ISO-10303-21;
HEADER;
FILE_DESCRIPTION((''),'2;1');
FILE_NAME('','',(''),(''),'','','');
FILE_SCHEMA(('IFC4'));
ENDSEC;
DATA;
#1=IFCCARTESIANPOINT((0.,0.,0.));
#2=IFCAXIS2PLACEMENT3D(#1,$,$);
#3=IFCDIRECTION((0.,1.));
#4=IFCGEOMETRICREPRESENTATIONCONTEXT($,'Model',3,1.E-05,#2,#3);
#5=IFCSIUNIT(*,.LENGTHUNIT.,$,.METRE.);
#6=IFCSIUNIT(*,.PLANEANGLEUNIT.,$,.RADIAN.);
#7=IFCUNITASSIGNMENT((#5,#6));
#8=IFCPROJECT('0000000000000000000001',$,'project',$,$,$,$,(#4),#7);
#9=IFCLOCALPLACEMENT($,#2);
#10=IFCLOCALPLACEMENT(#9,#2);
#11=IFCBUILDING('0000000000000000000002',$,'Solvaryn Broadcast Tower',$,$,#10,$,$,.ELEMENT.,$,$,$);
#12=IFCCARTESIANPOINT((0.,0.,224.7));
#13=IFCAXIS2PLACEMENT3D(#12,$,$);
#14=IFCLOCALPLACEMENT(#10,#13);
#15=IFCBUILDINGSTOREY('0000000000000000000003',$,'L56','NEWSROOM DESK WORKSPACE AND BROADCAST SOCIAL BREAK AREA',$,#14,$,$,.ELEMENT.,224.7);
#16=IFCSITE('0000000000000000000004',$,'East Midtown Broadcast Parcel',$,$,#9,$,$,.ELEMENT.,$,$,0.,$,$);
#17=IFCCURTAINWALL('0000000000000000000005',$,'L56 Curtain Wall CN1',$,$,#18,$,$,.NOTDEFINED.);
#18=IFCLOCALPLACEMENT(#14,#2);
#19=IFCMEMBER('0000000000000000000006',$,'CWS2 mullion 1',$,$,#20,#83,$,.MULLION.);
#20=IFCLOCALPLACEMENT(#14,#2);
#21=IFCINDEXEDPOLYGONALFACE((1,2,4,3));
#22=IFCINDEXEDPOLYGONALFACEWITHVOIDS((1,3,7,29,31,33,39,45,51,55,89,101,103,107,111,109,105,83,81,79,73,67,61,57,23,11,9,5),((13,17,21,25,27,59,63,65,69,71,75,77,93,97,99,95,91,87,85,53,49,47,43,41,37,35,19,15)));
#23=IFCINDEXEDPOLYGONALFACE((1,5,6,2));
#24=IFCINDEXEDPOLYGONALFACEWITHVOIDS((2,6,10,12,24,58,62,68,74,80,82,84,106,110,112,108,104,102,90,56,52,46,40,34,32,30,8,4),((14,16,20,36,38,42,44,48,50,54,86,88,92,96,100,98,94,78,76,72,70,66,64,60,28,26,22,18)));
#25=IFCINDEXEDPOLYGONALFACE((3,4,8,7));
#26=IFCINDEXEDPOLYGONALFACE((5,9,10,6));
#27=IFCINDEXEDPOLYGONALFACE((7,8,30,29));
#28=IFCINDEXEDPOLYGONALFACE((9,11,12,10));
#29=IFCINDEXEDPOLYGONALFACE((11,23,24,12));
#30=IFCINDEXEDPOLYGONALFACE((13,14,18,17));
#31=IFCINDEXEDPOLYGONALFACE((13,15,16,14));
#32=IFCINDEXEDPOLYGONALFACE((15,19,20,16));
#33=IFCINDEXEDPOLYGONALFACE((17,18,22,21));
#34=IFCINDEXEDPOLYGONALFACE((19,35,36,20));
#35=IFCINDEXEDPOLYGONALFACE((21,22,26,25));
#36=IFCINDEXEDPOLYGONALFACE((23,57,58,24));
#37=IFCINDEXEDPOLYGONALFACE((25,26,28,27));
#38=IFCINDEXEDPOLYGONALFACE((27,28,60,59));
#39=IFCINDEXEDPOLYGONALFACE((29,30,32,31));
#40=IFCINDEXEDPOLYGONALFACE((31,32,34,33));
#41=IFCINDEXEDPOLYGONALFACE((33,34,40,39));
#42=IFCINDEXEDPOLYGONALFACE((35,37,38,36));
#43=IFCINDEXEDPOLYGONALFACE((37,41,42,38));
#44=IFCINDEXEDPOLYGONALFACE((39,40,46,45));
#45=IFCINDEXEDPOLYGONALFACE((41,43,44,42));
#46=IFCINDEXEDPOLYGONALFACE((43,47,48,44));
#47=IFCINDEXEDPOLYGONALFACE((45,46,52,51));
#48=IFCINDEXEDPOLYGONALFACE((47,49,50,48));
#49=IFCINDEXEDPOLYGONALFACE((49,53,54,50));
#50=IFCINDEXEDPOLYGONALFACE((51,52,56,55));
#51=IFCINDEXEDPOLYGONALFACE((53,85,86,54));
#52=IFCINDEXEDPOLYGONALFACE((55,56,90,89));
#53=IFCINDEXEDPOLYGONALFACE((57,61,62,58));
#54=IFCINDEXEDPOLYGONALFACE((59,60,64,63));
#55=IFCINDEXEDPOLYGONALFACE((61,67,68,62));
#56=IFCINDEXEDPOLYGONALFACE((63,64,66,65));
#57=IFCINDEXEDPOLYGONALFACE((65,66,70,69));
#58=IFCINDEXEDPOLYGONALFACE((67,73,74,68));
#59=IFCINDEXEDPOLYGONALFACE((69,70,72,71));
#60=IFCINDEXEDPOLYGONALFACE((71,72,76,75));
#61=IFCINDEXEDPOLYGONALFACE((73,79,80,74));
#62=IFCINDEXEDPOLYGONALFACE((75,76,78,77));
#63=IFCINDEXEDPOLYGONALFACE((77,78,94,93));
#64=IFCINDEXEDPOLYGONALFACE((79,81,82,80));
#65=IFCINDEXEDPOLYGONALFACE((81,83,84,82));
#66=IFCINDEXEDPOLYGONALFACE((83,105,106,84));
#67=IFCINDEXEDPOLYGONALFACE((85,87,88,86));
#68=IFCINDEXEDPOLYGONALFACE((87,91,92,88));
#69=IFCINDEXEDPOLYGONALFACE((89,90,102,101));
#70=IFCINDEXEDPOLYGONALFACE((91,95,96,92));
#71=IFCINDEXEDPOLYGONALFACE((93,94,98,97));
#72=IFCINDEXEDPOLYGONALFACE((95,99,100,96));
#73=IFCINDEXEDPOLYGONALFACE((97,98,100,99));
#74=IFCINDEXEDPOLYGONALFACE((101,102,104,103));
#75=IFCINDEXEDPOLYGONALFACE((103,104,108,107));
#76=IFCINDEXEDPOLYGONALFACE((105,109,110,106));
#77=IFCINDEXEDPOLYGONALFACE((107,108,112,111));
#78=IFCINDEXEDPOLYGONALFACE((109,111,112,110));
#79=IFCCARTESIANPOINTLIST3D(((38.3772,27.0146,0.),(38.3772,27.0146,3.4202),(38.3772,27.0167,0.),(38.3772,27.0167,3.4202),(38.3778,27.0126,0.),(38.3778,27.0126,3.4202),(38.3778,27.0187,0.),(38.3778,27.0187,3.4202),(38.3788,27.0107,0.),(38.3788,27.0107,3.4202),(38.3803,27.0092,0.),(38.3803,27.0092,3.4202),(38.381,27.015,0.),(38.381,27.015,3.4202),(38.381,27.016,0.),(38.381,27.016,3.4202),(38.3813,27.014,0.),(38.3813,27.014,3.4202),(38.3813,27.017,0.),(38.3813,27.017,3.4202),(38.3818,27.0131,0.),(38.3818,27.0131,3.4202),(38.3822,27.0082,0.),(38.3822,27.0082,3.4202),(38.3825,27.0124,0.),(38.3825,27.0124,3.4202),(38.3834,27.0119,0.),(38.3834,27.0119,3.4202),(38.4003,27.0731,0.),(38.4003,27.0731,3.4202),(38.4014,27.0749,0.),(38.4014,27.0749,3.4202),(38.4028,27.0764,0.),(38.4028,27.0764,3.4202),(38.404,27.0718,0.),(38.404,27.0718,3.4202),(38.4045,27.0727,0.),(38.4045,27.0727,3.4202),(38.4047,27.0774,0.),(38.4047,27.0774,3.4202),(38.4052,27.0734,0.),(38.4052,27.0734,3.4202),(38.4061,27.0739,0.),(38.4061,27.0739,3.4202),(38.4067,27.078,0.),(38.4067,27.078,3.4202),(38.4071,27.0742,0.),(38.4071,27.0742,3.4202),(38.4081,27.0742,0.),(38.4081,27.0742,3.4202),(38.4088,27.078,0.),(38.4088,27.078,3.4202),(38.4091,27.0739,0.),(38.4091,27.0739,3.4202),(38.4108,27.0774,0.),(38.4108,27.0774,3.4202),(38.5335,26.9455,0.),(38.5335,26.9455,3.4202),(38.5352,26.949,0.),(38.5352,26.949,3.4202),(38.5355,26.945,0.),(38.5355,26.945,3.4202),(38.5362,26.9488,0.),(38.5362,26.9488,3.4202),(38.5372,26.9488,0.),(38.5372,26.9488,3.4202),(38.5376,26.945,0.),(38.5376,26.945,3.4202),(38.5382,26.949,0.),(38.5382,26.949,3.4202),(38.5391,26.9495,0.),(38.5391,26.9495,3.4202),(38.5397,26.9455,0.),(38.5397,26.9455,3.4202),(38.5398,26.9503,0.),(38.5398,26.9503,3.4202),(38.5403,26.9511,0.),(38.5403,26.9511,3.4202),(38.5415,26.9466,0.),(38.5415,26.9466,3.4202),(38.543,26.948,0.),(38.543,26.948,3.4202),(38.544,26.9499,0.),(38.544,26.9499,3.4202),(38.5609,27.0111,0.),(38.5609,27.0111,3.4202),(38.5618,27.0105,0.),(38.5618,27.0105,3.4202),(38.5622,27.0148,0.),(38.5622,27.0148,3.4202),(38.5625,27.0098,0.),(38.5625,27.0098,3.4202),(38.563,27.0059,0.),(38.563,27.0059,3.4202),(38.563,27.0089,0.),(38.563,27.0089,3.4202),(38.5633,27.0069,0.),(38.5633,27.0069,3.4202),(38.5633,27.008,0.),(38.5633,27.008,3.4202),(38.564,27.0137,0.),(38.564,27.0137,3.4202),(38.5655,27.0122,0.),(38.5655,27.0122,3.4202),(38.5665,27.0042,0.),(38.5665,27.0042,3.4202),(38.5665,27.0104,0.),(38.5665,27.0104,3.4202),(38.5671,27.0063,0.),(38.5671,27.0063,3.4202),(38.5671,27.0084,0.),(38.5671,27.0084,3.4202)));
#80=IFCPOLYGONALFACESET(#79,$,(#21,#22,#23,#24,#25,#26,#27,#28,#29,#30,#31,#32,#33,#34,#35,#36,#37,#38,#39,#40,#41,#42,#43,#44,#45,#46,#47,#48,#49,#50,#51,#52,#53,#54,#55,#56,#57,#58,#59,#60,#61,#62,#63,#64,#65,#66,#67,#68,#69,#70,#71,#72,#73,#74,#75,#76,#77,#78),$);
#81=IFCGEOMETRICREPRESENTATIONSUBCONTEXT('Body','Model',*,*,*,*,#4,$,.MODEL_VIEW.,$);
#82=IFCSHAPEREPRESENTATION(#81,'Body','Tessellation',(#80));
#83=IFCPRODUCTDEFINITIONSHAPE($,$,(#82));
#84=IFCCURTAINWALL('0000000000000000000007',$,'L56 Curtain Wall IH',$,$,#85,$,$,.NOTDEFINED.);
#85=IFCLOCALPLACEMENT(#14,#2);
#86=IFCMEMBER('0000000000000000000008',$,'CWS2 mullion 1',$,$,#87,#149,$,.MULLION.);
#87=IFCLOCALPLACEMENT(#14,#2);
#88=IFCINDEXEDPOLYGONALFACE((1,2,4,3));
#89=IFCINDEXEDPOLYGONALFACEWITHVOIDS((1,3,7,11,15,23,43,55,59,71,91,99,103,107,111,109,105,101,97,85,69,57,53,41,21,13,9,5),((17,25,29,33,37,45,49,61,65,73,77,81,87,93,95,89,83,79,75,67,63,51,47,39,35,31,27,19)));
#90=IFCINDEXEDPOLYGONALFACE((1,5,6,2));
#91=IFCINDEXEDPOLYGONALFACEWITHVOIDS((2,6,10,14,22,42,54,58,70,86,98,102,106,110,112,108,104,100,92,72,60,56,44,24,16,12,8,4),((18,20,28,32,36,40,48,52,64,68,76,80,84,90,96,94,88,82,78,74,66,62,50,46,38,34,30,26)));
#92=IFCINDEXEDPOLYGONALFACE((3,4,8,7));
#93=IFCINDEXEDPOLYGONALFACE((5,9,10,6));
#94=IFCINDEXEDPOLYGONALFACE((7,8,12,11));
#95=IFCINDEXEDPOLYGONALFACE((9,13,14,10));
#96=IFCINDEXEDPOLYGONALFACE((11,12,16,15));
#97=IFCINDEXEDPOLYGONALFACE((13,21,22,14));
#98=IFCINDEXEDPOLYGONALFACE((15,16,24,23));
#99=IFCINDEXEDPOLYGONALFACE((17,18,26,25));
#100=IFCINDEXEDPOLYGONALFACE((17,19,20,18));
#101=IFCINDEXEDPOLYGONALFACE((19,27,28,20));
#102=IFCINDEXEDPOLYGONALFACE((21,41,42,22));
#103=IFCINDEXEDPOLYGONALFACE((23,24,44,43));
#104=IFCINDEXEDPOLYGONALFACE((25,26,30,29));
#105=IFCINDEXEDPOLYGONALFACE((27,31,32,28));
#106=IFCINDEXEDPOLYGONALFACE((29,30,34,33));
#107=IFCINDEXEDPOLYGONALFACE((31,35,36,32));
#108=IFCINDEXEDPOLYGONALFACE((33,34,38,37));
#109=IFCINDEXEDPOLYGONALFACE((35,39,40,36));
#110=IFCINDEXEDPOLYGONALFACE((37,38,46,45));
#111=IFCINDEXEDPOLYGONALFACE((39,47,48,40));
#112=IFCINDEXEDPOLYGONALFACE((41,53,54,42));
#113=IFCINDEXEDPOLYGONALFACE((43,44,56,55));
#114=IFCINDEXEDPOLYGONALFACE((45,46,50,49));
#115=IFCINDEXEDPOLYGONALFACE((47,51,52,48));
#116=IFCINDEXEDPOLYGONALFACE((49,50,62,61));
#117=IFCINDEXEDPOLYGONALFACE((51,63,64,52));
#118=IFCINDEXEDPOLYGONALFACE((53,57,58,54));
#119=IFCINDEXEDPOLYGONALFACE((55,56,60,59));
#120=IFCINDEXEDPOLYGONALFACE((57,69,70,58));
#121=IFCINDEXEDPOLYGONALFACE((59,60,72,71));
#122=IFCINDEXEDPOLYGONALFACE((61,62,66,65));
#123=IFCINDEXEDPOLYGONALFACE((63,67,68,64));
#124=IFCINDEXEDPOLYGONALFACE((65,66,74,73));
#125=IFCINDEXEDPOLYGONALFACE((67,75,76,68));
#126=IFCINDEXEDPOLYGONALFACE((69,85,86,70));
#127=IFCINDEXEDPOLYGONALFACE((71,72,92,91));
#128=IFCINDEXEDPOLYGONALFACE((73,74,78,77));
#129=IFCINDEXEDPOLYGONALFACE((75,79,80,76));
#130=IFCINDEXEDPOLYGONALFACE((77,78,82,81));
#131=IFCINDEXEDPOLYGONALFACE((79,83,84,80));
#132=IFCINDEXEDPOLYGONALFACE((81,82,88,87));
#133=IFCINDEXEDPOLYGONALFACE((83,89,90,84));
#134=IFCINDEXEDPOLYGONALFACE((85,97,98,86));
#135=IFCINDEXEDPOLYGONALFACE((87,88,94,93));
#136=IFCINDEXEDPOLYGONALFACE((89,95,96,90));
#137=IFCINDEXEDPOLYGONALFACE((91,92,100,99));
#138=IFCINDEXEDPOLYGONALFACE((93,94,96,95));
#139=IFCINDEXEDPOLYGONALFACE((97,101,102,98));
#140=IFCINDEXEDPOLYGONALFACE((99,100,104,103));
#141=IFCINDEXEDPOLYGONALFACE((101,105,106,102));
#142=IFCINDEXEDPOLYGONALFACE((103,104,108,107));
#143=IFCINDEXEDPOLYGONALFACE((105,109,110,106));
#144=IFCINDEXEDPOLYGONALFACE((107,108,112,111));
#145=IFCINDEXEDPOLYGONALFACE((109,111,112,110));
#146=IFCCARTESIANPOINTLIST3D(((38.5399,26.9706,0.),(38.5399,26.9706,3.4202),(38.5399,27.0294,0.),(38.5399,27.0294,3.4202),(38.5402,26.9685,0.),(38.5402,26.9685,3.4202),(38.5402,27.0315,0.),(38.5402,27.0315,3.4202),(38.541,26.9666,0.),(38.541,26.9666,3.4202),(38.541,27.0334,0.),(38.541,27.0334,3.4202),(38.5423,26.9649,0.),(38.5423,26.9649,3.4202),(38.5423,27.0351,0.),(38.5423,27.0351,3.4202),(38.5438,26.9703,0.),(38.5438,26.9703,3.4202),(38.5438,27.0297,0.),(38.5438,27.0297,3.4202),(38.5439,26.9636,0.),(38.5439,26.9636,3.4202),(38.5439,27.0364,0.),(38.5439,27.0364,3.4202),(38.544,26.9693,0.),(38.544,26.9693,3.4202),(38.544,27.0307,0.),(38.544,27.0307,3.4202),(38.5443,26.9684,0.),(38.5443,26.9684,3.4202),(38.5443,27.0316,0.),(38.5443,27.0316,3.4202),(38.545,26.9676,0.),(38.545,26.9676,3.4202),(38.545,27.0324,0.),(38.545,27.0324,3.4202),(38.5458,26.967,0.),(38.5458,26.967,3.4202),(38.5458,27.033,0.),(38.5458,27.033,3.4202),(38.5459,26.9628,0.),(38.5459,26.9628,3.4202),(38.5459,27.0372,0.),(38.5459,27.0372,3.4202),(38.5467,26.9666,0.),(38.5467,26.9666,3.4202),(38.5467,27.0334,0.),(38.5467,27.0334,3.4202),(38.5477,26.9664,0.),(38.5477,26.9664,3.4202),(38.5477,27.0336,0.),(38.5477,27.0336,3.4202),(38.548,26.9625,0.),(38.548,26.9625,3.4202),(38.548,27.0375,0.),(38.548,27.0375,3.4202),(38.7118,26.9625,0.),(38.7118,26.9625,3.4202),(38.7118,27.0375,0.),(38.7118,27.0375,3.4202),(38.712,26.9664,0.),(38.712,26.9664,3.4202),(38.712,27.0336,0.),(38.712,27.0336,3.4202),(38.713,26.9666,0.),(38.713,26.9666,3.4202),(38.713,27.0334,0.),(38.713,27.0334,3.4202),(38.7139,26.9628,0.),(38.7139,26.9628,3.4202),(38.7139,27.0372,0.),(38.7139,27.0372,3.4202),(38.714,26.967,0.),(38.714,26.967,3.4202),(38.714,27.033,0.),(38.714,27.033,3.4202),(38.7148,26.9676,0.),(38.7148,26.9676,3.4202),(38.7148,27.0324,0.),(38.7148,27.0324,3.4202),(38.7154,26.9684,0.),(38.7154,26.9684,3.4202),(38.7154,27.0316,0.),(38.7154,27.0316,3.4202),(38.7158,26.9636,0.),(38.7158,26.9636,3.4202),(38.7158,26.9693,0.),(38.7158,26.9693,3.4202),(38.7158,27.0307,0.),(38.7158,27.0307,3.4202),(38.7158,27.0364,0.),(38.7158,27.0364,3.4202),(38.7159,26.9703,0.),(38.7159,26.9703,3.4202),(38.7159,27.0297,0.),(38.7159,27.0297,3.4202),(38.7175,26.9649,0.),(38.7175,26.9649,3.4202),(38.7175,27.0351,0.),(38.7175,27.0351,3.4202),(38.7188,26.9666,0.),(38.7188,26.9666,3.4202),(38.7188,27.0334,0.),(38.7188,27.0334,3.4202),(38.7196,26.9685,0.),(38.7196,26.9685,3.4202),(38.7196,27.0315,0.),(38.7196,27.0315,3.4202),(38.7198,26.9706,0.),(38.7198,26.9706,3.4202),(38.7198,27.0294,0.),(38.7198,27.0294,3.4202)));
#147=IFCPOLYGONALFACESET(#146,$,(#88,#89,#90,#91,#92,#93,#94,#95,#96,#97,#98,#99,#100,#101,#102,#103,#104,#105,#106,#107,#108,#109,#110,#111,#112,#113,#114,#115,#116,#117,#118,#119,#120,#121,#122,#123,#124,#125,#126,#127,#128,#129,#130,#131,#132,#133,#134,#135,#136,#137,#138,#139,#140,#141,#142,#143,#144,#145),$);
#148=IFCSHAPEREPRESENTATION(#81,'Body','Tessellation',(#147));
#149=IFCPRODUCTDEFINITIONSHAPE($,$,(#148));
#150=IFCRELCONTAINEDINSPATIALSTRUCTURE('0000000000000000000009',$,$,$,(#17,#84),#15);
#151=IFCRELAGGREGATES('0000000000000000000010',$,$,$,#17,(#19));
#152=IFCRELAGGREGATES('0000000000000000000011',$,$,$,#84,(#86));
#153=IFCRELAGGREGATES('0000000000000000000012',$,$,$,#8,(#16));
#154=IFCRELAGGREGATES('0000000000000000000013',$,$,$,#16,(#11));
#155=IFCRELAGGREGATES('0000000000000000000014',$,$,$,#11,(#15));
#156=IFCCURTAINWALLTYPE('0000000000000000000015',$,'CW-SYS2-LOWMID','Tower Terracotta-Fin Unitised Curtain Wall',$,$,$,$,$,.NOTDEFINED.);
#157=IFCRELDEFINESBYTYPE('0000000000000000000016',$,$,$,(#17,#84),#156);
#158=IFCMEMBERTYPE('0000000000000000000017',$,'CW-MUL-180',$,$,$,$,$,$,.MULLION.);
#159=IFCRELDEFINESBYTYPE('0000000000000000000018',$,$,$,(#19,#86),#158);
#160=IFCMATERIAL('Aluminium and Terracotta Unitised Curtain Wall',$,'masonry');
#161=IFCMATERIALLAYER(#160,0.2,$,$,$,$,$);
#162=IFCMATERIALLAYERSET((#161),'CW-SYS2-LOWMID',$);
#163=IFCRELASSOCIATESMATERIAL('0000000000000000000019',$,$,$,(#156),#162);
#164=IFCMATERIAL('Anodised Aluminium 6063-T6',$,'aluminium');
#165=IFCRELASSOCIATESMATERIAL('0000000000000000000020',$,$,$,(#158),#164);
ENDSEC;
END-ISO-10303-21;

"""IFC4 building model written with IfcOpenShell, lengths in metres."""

from ifc_helpers import new_model, si_unit, direction, frame, origin, origin_2d, place, context, subcontext, project, spatial, hollow_rectangle, extrude, material, layer, layer_set, material_profile, profile_set, type_object, element, aggregate, save


model = new_model("IFC4")

# Units and contexts
model_context = context("Model", 3, precision=1e-05, world=origin(), true_north=direction((0.0, 1.0)))
body_context = subcontext(model_context, "Body", "Model", "MODEL_VIEW")
ifc_project = project(units=[si_unit("LENGTHUNIT", "METRE"), si_unit("PLANEANGLEUNIT", "RADIAN")], contexts=[model_context])

# Site, building, storey
site_placement = place(None, origin())
site = spatial("IfcSite", under=ifc_project, at=site_placement, Name="East Midtown Broadcast Parcel", CompositionType="ELEMENT", RefElevation=0.0)
building_placement = place(site_placement, origin())
building = spatial("IfcBuilding", under=site, at=building_placement, Name="Solvaryn Broadcast Tower", CompositionType="ELEMENT")
storey_placement = place(building_placement, frame((0.0, 0.0, 224.7)))
storey = spatial("IfcBuildingStorey", under=building, at=storey_placement, Name="L56", Description="NEWSROOM DESK WORKSPACE AND BROADCAST SOCIAL BREAK AREA", CompositionType="ELEMENT", Elevation=224.7)

# Curtain walls, members
ifc_material_1 = material(Name="Aluminium and Terracotta Unitised Curtain Wall", Category="masonry")
ifc_layer_1 = layer(ifc_material_1, 0.2)
ifc_layer_set_1 = layer_set([ifc_layer_1], Name="CW-SYS2-LOWMID")
curtain_wall_type = type_object("IfcCurtainWallType", Name="CW-SYS2-LOWMID", Description="Tower Terracotta-Fin Unitised Curtain Wall", PredefinedType="NOTDEFINED", material=ifc_layer_set_1)
curtain_wall_1_placement = place(storey_placement, origin())
curtain_wall_1 = element("IfcCurtainWall", 1, at=curtain_wall_1_placement, inside=storey, type_object=curtain_wall_type, Name="L56 Curtain Wall CN1", PredefinedType="NOTDEFINED")
ifc_material_2 = material(Name="Anodised Aluminium 6063-T6", Category="aluminium")
ifc_material_profile_1 = material_profile(ifc_material_2, hollow_rectangle(XDim=0.075, YDim=0.1799, WallThickness=0.0039, InnerFilletRadius=0.0039, OuterFilletRadius=0.0081, at=origin_2d()))
ifc_profile_set_1 = profile_set([ifc_material_profile_1], Name="Anodised Aluminium 6063-T6")
member_type_1 = type_object("IfcMemberType", Name="CW-MUL-180", PredefinedType="MULLION", material=ifc_profile_set_1)
member_1_placement = place(storey_placement, frame((38.4722, 27.0115, 0.0), z_axis=(0.0, 0.0, 1.0), x_axis=(-0.382646, -0.923895, 0.0)))
member_1 = element("IfcMember", 2, at=member_1_placement, type_object=member_type_1, Name="CWS2 mullion 1", PredefinedType="MULLION", context=body_context, shape_type="SweptSolid", body=[
    extrude(hollow_rectangle(XDim=0.075, YDim=0.1799, WallThickness=0.0039, InnerFilletRadius=0.0039, OuterFilletRadius=0.0081, at=origin_2d()), origin(), (0.0, 0.0, 1.0), 3.4202),
])
curtain_wall_2_placement = place(storey_placement, origin())
curtain_wall_2 = element("IfcCurtainWall", 3, at=curtain_wall_2_placement, inside=storey, type_object=curtain_wall_type, Name="L56 Curtain Wall IH", PredefinedType="NOTDEFINED")
member_2_placement = place(storey_placement, frame((38.6299, 27.0, 0.0), z_axis=(0.0, 0.0, 1.0), x_axis=(0.0, 1.0, 0.0)))
member_2 = element("IfcMember", 4, at=member_2_placement, type_object=member_type_1, Name="CWS2 mullion 1", PredefinedType="MULLION", context=body_context, shape_type="SweptSolid", body=[
    extrude(hollow_rectangle(XDim=0.075, YDim=0.1799, WallThickness=0.0039, InnerFilletRadius=0.0039, OuterFilletRadius=0.0081, at=origin_2d()), origin(), (0.0, 0.0, 1.0), 3.4202),
])

aggregate(curtain_wall_1, [member_1])
aggregate(curtain_wall_2, [member_2])

save(model, "model.ifc")
